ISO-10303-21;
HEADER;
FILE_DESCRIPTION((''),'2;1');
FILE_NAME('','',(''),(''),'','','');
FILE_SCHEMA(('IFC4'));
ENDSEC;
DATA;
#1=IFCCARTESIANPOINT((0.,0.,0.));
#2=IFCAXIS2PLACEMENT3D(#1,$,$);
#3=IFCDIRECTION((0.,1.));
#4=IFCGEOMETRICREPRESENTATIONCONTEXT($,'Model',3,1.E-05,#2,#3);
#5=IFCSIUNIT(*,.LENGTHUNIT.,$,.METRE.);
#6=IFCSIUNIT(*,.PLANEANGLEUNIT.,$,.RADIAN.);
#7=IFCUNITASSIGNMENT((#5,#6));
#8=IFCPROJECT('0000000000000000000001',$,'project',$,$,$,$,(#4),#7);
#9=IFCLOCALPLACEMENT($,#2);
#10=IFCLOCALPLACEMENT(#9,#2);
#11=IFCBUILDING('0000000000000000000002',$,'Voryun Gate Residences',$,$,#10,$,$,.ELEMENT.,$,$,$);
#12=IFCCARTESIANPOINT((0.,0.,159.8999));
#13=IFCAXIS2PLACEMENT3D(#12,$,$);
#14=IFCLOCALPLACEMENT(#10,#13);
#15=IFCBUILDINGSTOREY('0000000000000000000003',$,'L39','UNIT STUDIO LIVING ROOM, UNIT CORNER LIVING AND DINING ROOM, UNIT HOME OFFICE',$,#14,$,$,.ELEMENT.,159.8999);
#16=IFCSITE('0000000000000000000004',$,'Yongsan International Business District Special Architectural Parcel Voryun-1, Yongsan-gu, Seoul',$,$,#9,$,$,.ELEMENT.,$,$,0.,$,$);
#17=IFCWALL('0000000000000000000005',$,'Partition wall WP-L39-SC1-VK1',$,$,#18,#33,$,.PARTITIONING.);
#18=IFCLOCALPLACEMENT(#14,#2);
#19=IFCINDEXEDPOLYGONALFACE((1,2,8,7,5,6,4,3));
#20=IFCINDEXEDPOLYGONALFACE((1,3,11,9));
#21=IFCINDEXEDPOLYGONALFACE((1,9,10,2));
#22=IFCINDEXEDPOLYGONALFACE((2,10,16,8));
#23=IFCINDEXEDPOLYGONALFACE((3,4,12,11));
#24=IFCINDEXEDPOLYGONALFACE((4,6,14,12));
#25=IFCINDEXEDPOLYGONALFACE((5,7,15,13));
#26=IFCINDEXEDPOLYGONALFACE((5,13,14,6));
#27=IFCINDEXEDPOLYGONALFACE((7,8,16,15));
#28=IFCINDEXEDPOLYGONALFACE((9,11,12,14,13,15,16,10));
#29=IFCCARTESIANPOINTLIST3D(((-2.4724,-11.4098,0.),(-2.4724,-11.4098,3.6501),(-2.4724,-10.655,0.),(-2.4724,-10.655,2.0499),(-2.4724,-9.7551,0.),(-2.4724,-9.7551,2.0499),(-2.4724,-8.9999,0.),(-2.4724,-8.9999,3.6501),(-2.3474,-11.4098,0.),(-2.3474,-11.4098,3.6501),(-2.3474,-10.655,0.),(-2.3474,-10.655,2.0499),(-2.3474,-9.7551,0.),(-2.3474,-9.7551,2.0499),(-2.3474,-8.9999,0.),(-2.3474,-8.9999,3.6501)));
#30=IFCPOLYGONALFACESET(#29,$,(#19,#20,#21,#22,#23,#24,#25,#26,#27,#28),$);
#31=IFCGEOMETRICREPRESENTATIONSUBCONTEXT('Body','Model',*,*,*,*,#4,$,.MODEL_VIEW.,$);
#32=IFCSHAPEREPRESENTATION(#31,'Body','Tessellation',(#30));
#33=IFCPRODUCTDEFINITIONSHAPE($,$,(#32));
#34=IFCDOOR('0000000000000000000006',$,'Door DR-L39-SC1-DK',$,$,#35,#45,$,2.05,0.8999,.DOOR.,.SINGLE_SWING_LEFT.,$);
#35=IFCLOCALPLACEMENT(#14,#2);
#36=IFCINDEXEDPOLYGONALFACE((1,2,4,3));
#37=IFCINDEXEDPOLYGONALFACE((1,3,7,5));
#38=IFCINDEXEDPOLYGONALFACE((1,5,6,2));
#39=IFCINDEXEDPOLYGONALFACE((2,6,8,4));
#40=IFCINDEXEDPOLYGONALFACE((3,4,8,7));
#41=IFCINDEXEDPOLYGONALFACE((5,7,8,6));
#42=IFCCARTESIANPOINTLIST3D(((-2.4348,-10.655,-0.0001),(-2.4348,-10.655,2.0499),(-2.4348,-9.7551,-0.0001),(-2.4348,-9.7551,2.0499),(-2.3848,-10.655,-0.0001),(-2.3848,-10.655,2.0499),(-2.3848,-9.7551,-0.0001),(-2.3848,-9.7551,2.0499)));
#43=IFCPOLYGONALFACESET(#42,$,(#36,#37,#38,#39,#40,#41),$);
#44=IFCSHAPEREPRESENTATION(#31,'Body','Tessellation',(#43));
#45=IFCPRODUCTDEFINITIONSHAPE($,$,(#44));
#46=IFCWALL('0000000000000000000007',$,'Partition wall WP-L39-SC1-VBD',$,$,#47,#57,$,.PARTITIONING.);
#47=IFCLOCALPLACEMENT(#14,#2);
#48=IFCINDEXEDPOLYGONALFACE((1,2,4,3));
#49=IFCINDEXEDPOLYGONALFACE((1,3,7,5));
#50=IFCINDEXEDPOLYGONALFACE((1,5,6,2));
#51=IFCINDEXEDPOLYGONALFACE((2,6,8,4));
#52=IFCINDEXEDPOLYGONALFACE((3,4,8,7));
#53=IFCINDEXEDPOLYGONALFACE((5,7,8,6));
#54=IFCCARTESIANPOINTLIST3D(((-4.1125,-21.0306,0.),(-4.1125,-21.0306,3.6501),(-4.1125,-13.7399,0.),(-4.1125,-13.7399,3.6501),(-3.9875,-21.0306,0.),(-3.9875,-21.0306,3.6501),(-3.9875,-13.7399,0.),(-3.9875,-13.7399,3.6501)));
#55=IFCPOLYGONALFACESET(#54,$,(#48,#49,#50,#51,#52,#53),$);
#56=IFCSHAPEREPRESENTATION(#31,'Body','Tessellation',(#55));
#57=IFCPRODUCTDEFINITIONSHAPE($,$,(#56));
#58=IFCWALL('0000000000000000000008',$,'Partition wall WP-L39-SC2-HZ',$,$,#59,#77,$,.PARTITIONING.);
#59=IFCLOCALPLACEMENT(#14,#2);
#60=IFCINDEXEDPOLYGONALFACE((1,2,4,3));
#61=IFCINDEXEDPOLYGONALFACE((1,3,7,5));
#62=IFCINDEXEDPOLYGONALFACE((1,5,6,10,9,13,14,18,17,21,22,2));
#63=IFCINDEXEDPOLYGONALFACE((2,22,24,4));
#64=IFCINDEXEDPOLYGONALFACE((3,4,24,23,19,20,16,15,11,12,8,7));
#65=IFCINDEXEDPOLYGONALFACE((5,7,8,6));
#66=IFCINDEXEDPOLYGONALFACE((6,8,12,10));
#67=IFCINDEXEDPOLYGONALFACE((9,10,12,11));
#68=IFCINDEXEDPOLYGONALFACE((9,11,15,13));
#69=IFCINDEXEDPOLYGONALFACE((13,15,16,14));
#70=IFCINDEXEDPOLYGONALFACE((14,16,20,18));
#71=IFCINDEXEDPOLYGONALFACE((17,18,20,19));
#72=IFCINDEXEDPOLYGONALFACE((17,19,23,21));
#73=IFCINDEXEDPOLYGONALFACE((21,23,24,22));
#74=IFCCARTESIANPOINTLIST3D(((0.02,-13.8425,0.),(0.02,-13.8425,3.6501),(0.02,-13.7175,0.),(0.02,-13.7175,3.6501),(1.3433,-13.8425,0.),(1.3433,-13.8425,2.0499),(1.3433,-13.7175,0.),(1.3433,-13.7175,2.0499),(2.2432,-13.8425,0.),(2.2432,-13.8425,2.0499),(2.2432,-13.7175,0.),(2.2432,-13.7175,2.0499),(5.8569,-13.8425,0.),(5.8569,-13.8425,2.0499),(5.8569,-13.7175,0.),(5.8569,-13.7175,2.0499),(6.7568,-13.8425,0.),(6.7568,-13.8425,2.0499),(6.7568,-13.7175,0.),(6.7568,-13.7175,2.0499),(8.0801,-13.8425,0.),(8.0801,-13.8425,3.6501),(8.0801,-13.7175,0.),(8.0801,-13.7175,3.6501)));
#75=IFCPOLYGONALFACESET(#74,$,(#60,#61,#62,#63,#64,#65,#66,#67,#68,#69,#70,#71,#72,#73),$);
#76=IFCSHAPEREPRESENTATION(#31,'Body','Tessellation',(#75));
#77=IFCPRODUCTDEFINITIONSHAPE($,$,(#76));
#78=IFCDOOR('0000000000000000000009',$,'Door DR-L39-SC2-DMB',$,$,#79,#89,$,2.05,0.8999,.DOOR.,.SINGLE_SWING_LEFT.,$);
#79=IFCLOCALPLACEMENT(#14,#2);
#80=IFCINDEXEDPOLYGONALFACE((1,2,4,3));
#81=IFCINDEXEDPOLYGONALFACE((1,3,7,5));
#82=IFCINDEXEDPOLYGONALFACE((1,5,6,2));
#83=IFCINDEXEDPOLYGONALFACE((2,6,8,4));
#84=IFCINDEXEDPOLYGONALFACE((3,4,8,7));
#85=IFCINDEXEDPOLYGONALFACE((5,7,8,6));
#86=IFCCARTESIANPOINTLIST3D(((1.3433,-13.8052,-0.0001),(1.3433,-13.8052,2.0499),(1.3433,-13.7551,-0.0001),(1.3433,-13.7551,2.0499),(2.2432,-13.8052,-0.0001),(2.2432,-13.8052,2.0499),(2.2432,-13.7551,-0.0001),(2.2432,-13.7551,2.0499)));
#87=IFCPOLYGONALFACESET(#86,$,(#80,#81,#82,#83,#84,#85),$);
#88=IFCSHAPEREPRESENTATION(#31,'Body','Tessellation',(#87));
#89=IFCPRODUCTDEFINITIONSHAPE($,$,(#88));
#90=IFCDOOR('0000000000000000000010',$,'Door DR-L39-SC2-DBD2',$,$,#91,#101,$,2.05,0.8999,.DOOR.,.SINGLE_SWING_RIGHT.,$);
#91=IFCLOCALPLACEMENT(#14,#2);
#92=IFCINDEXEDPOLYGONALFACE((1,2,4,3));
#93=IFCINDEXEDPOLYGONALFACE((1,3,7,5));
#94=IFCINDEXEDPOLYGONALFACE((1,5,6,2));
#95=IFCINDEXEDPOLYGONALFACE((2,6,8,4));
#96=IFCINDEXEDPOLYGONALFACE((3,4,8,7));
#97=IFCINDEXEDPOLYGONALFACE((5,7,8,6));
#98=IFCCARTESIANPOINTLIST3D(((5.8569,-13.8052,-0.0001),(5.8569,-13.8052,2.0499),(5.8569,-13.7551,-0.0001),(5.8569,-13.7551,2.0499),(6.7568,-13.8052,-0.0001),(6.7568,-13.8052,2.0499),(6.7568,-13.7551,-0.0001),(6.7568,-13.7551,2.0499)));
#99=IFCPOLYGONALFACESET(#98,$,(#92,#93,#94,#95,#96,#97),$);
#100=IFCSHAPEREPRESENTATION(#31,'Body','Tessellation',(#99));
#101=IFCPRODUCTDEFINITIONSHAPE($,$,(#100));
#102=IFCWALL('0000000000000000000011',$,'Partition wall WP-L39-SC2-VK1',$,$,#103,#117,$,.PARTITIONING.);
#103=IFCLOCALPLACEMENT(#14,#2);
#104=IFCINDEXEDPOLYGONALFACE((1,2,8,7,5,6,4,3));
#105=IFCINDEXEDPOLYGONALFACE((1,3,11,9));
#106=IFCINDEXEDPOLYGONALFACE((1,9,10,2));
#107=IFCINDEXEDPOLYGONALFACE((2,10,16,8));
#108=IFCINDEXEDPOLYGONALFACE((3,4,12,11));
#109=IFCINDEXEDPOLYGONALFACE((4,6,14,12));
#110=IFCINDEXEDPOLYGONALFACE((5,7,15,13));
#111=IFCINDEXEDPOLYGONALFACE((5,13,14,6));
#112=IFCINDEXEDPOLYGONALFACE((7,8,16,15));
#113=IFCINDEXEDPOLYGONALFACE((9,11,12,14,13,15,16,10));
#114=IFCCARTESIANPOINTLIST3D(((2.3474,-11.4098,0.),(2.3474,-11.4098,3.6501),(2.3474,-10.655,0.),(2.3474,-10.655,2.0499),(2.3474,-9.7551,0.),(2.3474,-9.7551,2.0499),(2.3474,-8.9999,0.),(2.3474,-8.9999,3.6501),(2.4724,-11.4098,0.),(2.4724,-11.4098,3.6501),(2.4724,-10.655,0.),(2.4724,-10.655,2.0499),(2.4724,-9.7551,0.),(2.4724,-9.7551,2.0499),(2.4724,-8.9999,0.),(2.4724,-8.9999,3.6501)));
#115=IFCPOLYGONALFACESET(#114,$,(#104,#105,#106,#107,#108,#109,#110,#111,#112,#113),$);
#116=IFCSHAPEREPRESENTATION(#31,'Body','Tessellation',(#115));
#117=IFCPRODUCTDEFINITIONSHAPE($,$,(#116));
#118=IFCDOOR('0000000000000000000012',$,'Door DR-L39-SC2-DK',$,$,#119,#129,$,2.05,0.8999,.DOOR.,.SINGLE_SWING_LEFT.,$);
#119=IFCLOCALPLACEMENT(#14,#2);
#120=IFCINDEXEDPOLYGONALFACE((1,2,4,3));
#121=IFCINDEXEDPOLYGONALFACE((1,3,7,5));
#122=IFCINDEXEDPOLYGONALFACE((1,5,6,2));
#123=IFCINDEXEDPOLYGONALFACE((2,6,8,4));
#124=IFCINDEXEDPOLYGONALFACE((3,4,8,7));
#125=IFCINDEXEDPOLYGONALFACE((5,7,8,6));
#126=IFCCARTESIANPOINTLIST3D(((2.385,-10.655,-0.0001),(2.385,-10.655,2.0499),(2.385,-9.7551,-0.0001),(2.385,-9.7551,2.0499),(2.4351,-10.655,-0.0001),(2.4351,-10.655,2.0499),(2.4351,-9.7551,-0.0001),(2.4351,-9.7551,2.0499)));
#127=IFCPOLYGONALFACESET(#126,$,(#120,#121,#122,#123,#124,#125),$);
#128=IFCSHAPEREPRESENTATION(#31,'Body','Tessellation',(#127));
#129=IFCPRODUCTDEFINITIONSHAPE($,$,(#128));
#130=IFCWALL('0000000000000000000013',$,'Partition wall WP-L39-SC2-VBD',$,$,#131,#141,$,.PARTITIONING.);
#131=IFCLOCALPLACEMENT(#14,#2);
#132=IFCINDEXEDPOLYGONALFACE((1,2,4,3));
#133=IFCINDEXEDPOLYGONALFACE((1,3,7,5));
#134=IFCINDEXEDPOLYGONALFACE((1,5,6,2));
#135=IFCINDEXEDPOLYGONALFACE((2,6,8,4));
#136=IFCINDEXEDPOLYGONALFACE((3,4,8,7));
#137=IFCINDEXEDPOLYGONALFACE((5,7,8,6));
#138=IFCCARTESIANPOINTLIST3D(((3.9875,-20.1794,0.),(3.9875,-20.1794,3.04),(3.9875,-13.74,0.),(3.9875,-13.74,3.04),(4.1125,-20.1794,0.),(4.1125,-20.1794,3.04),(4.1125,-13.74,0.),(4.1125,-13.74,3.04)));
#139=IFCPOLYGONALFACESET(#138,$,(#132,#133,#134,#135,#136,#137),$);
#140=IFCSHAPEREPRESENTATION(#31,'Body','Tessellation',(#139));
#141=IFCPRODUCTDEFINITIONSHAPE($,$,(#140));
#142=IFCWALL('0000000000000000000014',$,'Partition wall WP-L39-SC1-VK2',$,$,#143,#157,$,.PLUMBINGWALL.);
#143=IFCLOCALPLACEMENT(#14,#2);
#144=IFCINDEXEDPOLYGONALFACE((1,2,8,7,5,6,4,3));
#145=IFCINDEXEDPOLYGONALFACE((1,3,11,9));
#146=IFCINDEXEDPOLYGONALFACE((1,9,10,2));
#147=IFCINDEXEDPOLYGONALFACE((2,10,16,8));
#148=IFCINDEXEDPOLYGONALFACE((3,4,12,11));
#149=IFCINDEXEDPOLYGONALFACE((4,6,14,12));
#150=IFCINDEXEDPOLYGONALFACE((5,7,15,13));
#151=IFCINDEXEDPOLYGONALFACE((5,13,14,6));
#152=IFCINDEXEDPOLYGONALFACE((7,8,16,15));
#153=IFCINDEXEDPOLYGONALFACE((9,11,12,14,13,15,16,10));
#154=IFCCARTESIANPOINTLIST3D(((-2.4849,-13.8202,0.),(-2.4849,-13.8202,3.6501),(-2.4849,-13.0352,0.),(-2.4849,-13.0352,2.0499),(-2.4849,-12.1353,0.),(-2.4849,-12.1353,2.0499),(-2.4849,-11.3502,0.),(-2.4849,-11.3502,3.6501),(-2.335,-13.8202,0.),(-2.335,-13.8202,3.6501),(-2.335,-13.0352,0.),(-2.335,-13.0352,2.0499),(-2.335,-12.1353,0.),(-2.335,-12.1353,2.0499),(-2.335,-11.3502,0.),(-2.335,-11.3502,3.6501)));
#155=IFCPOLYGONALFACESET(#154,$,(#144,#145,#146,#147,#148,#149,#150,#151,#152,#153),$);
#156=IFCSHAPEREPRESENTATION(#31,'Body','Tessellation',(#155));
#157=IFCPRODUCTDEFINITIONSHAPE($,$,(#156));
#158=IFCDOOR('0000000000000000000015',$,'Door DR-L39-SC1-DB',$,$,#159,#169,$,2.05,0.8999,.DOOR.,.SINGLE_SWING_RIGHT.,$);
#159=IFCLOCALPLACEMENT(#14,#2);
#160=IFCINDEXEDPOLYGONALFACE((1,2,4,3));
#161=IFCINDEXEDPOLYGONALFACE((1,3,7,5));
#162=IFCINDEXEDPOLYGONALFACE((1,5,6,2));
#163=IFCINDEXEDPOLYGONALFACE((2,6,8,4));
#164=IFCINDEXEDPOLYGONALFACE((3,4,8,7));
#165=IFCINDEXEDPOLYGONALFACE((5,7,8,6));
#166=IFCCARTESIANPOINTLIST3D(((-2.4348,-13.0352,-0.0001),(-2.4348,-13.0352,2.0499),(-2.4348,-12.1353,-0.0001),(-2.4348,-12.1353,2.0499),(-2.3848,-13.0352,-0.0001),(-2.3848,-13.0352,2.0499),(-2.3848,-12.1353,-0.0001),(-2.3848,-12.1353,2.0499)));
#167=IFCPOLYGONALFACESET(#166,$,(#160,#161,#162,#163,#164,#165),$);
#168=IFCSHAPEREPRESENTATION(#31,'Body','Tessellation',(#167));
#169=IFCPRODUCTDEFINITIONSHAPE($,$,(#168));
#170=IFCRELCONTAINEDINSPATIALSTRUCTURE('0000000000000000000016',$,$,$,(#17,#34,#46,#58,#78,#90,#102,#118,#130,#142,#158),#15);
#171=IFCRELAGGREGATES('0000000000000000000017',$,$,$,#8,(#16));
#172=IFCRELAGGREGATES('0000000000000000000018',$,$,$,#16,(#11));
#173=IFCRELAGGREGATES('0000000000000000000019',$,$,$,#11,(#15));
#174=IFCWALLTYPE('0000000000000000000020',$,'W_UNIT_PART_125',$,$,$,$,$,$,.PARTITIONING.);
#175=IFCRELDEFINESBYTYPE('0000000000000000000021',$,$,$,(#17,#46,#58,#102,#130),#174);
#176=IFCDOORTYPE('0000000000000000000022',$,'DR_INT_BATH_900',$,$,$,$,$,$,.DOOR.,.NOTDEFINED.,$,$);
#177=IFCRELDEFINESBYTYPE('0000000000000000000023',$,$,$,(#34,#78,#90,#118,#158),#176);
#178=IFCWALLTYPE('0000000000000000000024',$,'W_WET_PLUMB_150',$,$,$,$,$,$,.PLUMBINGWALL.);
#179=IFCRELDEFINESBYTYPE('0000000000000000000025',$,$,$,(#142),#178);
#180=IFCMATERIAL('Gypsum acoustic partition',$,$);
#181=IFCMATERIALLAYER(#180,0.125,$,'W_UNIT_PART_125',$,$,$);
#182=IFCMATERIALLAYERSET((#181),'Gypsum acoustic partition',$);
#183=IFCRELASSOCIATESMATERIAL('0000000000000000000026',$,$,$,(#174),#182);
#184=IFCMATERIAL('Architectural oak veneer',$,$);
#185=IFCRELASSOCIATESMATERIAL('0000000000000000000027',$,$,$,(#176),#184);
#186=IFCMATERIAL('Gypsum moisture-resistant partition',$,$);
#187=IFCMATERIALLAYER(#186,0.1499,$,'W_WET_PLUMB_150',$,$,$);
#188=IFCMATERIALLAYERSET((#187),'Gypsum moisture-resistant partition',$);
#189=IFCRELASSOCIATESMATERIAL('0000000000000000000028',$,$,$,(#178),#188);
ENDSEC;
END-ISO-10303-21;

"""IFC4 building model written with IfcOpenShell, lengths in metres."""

from ifc_helpers import new_model, si_unit, direction, frame, frame_2d, origin, place, context, subcontext, project, spatial, rectangle, extrude, material, layer, layer_set, type_object, element, fill, save


model = new_model("IFC4")

# Units and contexts
model_context = context("Model", 3, precision=1e-05, world=origin(), true_north=direction((0.0, 1.0)))
body_context = subcontext(model_context, "Body", "Model", "MODEL_VIEW")
ifc_project = project(units=[si_unit("LENGTHUNIT", "METRE"), si_unit("PLANEANGLEUNIT", "RADIAN")], contexts=[model_context])

# Site, building, storey
site_placement = place(None, origin())
site = spatial("IfcSite", under=ifc_project, at=site_placement, Name="Yongsan International Business District Special Architectural Parcel Voryun-1, Yongsan-gu, Seoul", CompositionType="ELEMENT", RefElevation=0.0)
building_placement = place(site_placement, origin())
building = spatial("IfcBuilding", under=site, at=building_placement, Name="Voryun Gate Residences", CompositionType="ELEMENT")
storey_placement = place(building_placement, frame((0.0, 0.0, 159.8999)))
storey = spatial("IfcBuildingStorey", under=building, at=storey_placement, Name="L39", Description="UNIT STUDIO LIVING ROOM, UNIT CORNER LIVING AND DINING ROOM, UNIT HOME OFFICE", CompositionType="ELEMENT", Elevation=159.8999)

# Wall, opening, door
ifc_material_1 = material(Name="Gypsum acoustic partition")
ifc_layer_1 = layer(ifc_material_1, 0.125, Name="W_UNIT_PART_125")
ifc_layer_set_1 = layer_set([ifc_layer_1], Name="Gypsum acoustic partition")
wall_type_1 = type_object("IfcWallType", Name="W_UNIT_PART_125", PredefinedType="PARTITIONING", material=ifc_layer_set_1)
wall_1_placement = place(storey_placement, frame((-2.4099, -11.4099, 0.0), z_axis=(0.0, 0.0, 1.0), x_axis=(0.0, 1.0, 0.0)))
wall_1 = element("IfcWall", 1, at=wall_1_placement, inside=storey, type_object=wall_type_1, Name="Partition wall WP-L39-SC1-VK1", PredefinedType="PARTITIONING", context=body_context, shape_type="SweptSolid", body=[
    extrude(rectangle(XDim=2.4099, YDim=0.125, at=frame_2d((1.2051, 0.0))), origin(), (0.0, 0.0, 1.0), 3.6501),
])
opening_1_placement = place(wall_1_placement, frame((0.7549, 0.0, 0.0)))
opening_1 = element("IfcOpeningElement", 2, at=opening_1_placement, cuts=wall_1, PredefinedType="OPENING", context=body_context, shape_type="SweptSolid", body=[
    extrude(rectangle(XDim=0.8999, YDim=2.05, at=frame_2d((0.45, 1.0249))), frame((0.0, 0.0725, 0.0), z_axis=(0.0, -1.0, 0.0), x_axis=(1.0, 0.0, 0.0)), (0.0, 0.0, 1.0), 0.145),
])
ifc_material_2 = material(Name="Architectural oak veneer")
door_type_1 = type_object("IfcDoorType", Name="DR_INT_BATH_900", OperationType="NOTDEFINED", PredefinedType="DOOR", material=ifc_material_2)
door_1_placement = place(opening_1_placement, origin())
door_1 = element("IfcDoor", 3, at=door_1_placement, inside=storey, type_object=door_type_1, Name="Door DR-L39-SC1-DK", OperationType="SINGLE_SWING_LEFT", OverallHeight=2.05, OverallWidth=0.8999, PredefinedType="DOOR", context=body_context, shape_type="SweptSolid", body=[
    extrude(rectangle(XDim=0.8999, YDim=2.05, at=frame_2d((0.45, 1.0249))), frame((0.0, 0.0249, 0.0), z_axis=(0.0, -1.0, 0.0), x_axis=(1.0, 0.0, 0.0)), (0.0, 0.0, 1.0), 0.05),
])
fill(opening_1, door_1)

# Wall
wall_2_placement = place(storey_placement, frame((-4.05, -21.0308, 0.0), z_axis=(0.0, 0.0, 1.0), x_axis=(0.0, 1.0, 0.0)))
element("IfcWall", 4, at=wall_2_placement, inside=storey, type_object=wall_type_1, Name="Partition wall WP-L39-SC1-VBD", PredefinedType="PARTITIONING", context=body_context, shape_type="SweptSolid", body=[
    extrude(rectangle(XDim=7.2908, YDim=0.125, at=frame_2d((3.6455, 0.0))), origin(), (0.0, 0.0, 1.0), 3.6501),
])

# Wall, openings, doors
wall_3_placement = place(storey_placement, frame((0.02, -13.78, 0.0), z_axis=(0.0, 0.0, 1.0), x_axis=(1.0, 0.0, 0.0)))
wall_3 = element("IfcWall", 5, at=wall_3_placement, inside=storey, type_object=wall_type_1, Name="Partition wall WP-L39-SC2-HZ", PredefinedType="PARTITIONING", context=body_context, shape_type="SweptSolid", body=[
    extrude(rectangle(XDim=8.0601, YDim=0.125, at=frame_2d((4.03, 0.0))), origin(), (0.0, 0.0, 1.0), 3.6501),
])
opening_2_placement = place(wall_3_placement, frame((1.3232, 0.0, 0.0)))
opening_2 = element("IfcOpeningElement", 6, at=opening_2_placement, cuts=wall_3, PredefinedType="OPENING", context=body_context, shape_type="SweptSolid", body=[
    extrude(rectangle(XDim=0.8999, YDim=2.05, at=frame_2d((0.45, 1.0249))), frame((0.0, 0.0725, 0.0), z_axis=(0.0, -1.0, 0.0), x_axis=(1.0, 0.0, 0.0)), (0.0, 0.0, 1.0), 0.145),
])
opening_3_placement = place(wall_3_placement, frame((5.8369, 0.0, 0.0)))
opening_3 = element("IfcOpeningElement", 7, at=opening_3_placement, cuts=wall_3, PredefinedType="OPENING", context=body_context, shape_type="SweptSolid", body=[
    extrude(rectangle(XDim=0.8999, YDim=2.05, at=frame_2d((0.45, 1.0249))), frame((0.0, 0.0725, 0.0), z_axis=(0.0, -1.0, 0.0), x_axis=(1.0, 0.0, 0.0)), (0.0, 0.0, 1.0), 0.145),
])
door_2_placement = place(opening_2_placement, origin())
door_2 = element("IfcDoor", 8, at=door_2_placement, inside=storey, type_object=door_type_1, Name="Door DR-L39-SC2-DMB", OperationType="SINGLE_SWING_LEFT", OverallHeight=2.05, OverallWidth=0.8999, PredefinedType="DOOR", context=body_context, shape_type="SweptSolid", body=[
    extrude(rectangle(XDim=0.8999, YDim=2.05, at=frame_2d((0.45, 1.0249))), frame((0.0, 0.0249, 0.0), z_axis=(0.0, -1.0, 0.0), x_axis=(1.0, 0.0, 0.0)), (0.0, 0.0, 1.0), 0.05),
])
fill(opening_2, door_2)
door_3_placement = place(opening_3_placement, origin())
door_3 = element("IfcDoor", 9, at=door_3_placement, inside=storey, type_object=door_type_1, Name="Door DR-L39-SC2-DBD2", OperationType="SINGLE_SWING_RIGHT", OverallHeight=2.05, OverallWidth=0.8999, PredefinedType="DOOR", context=body_context, shape_type="SweptSolid", body=[
    extrude(rectangle(XDim=0.8999, YDim=2.05, at=frame_2d((0.45, 1.0249))), frame((0.0, 0.0249, 0.0), z_axis=(0.0, -1.0, 0.0), x_axis=(1.0, 0.0, 0.0)), (0.0, 0.0, 1.0), 0.05),
])
fill(opening_3, door_3)

# Wall, opening, door
wall_4_placement = place(storey_placement, frame((2.4099, -11.4099, 0.0), z_axis=(0.0, 0.0, 1.0), x_axis=(0.0, 1.0, 0.0)))
wall_4 = element("IfcWall", 10, at=wall_4_placement, inside=storey, type_object=wall_type_1, Name="Partition wall WP-L39-SC2-VK1", PredefinedType="PARTITIONING", context=body_context, shape_type="SweptSolid", body=[
    extrude(rectangle(XDim=2.4099, YDim=0.125, at=frame_2d((1.2051, 0.0))), origin(), (0.0, 0.0, 1.0), 3.6501),
])
opening_4_placement = place(wall_4_placement, frame((0.7549, 0.0, 0.0)))
opening_4 = element("IfcOpeningElement", 11, at=opening_4_placement, cuts=wall_4, PredefinedType="OPENING", context=body_context, shape_type="SweptSolid", body=[
    extrude(rectangle(XDim=0.8999, YDim=2.05, at=frame_2d((0.45, 1.0249))), frame((0.0, 0.0725, 0.0), z_axis=(0.0, -1.0, 0.0), x_axis=(1.0, 0.0, 0.0)), (0.0, 0.0, 1.0), 0.145),
])
door_4_placement = place(opening_4_placement, origin())
door_4 = element("IfcDoor", 12, at=door_4_placement, inside=storey, type_object=door_type_1, Name="Door DR-L39-SC2-DK", OperationType="SINGLE_SWING_LEFT", OverallHeight=2.05, OverallWidth=0.8999, PredefinedType="DOOR", context=body_context, shape_type="SweptSolid", body=[
    extrude(rectangle(XDim=0.8999, YDim=2.05, at=frame_2d((0.45, 1.0249))), frame((0.0, 0.0249, 0.0), z_axis=(0.0, -1.0, 0.0), x_axis=(1.0, 0.0, 0.0)), (0.0, 0.0, 1.0), 0.05),
])
fill(opening_4, door_4)

# Wall
wall_5_placement = place(storey_placement, frame((4.05, -20.1794, 0.0), z_axis=(0.0, 0.0, 1.0), x_axis=(0.0, 1.0, 0.0)))
element("IfcWall", 13, at=wall_5_placement, inside=storey, type_object=wall_type_1, Name="Partition wall WP-L39-SC2-VBD", PredefinedType="PARTITIONING", context=body_context, shape_type="SweptSolid", body=[
    extrude(rectangle(XDim=6.4395, YDim=0.125, at=frame_2d((3.2197, 0.0))), origin(), (0.0, 0.0, 1.0), 3.04),
])

# Wall, opening, door
ifc_material_3 = material(Name="Gypsum moisture-resistant partition")
ifc_layer_2 = layer(ifc_material_3, 0.1499, Name="W_WET_PLUMB_150")
ifc_layer_set_2 = layer_set([ifc_layer_2], Name="Gypsum moisture-resistant partition")
wall_type_2 = type_object("IfcWallType", Name="W_WET_PLUMB_150", PredefinedType="PLUMBINGWALL", material=ifc_layer_set_2)
wall_6_placement = place(storey_placement, frame((-2.4099, -13.8201, 0.0), z_axis=(0.0, 0.0, 1.0), x_axis=(0.0, 1.0, 0.0)))
wall_6 = element("IfcWall", 14, at=wall_6_placement, inside=storey, type_object=wall_type_2, Name="Partition wall WP-L39-SC1-VK2", PredefinedType="PLUMBINGWALL", context=body_context, shape_type="SweptSolid", body=[
    extrude(rectangle(XDim=2.47, YDim=0.1499, at=frame_2d((1.2349, 0.0))), origin(), (0.0, 0.0, 1.0), 3.6501),
])
opening_5_placement = place(wall_6_placement, frame((0.7849, 0.0, 0.0)))
opening_5 = element("IfcOpeningElement", 15, at=opening_5_placement, cuts=wall_6, PredefinedType="OPENING", context=body_context, shape_type="SweptSolid", body=[
    extrude(rectangle(XDim=0.8999, YDim=2.05, at=frame_2d((0.45, 1.0249))), frame((0.0, 0.085, 0.0), z_axis=(0.0, -1.0, 0.0), x_axis=(1.0, 0.0, 0.0)), (0.0, 0.0, 1.0), 0.1699),
])
door_5_placement = place(opening_5_placement, origin())
door_5 = element("IfcDoor", 16, at=door_5_placement, inside=storey, type_object=door_type_1, Name="Door DR-L39-SC1-DB", OperationType="SINGLE_SWING_RIGHT", OverallHeight=2.05, OverallWidth=0.8999, PredefinedType="DOOR", context=body_context, shape_type="SweptSolid", body=[
    extrude(rectangle(XDim=0.8999, YDim=2.05, at=frame_2d((0.45, 1.0249))), frame((0.0, 0.0249, 0.0), z_axis=(0.0, -1.0, 0.0), x_axis=(1.0, 0.0, 0.0)), (0.0, 0.0, 1.0), 0.05),
])
fill(opening_5, door_5)

save(model, "model.ifc")
